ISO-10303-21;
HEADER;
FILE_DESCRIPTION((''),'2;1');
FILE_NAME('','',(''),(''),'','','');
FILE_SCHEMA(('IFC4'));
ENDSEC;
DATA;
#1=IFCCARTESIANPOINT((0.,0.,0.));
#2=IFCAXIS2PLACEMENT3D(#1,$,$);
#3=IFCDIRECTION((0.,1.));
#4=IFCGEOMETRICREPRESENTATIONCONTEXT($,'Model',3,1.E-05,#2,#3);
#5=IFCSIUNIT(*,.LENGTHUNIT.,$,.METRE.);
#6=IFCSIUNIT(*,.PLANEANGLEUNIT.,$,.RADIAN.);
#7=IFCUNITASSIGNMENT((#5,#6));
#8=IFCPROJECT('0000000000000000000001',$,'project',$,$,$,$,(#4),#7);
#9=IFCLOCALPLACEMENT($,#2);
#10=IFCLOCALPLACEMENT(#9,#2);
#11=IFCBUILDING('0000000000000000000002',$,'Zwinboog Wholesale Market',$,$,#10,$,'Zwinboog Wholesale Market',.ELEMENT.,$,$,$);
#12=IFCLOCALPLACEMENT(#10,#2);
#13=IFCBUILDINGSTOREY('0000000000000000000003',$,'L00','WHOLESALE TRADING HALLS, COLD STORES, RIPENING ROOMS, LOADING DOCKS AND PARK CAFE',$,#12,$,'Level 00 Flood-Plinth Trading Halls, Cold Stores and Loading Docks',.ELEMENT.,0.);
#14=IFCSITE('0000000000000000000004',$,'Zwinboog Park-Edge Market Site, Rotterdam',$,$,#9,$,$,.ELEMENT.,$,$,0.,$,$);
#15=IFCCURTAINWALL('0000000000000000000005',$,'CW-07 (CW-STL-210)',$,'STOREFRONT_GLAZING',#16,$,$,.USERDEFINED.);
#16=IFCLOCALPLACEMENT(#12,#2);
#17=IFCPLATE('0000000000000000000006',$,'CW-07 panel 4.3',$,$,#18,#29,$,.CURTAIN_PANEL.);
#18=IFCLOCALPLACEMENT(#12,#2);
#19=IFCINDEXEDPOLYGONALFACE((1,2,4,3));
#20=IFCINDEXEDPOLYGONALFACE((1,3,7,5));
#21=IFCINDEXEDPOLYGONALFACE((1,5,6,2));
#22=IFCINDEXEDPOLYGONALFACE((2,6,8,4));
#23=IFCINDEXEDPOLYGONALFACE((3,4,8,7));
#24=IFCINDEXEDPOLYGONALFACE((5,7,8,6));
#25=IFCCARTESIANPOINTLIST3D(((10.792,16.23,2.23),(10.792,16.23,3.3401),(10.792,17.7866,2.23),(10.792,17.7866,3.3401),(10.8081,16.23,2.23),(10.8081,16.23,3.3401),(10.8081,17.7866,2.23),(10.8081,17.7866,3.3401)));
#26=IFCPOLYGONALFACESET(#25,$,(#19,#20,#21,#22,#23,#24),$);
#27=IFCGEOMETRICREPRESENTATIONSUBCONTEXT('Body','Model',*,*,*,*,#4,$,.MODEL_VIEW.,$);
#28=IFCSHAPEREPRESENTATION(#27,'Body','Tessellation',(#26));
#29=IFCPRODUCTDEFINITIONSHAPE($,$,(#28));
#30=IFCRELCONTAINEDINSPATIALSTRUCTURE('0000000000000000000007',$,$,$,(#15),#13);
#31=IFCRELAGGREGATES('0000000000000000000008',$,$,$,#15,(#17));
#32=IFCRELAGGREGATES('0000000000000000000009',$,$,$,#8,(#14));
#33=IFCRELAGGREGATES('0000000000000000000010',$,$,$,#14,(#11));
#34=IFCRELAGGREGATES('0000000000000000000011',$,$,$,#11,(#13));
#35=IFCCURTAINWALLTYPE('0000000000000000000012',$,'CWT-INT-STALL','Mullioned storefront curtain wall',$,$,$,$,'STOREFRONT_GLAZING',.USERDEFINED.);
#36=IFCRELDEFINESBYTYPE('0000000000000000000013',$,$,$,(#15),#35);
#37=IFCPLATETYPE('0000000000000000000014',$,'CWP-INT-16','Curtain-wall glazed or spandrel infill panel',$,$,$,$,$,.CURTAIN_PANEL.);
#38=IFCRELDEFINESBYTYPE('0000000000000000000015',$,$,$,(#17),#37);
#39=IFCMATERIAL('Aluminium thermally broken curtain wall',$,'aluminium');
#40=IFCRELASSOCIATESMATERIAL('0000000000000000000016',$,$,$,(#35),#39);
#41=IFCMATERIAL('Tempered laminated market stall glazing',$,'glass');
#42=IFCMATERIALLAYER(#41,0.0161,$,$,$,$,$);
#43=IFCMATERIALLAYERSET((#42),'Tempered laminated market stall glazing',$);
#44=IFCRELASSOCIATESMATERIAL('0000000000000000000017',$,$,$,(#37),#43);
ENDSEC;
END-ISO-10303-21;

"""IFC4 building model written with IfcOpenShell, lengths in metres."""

from ifc_helpers import new_model, si_unit, direction, frame, origin, origin_2d, place, context, subcontext, project, spatial, rectangle, extrude, material, layer, layer_set, type_object, element, aggregate, save


model = new_model("IFC4")

# Units and contexts
model_context = context("Model", 3, precision=1e-05, world=origin(), true_north=direction((0.0, 1.0)))
body_context = subcontext(model_context, "Body", "Model", "MODEL_VIEW")
ifc_project = project(units=[si_unit("LENGTHUNIT", "METRE"), si_unit("PLANEANGLEUNIT", "RADIAN")], contexts=[model_context])

# Site, building, storey
site_placement = place(None, origin())
site = spatial("IfcSite", under=ifc_project, at=site_placement, Name="Zwinboog Park-Edge Market Site, Rotterdam", CompositionType="ELEMENT", RefElevation=0.0)
building_placement = place(site_placement, origin())
building = spatial("IfcBuilding", under=site, at=building_placement, Name="Zwinboog Wholesale Market", LongName="Zwinboog Wholesale Market", CompositionType="ELEMENT")
storey_placement = place(building_placement, origin())
storey = spatial("IfcBuildingStorey", under=building, at=storey_placement, Name="L00", Description="WHOLESALE TRADING HALLS, COLD STORES, RIPENING ROOMS, LOADING DOCKS AND PARK CAFE", LongName="Level 00 Flood-Plinth Trading Halls, Cold Stores and Loading Docks", CompositionType="ELEMENT", Elevation=0.0)

# Curtain wall
ifc_material_1 = material(Name="Aluminium thermally broken curtain wall", Category="aluminium")
curtain_wall_type_1 = type_object("IfcCurtainWallType", Name="CWT-INT-STALL", Description="Mullioned storefront curtain wall", ElementType="STOREFRONT_GLAZING", PredefinedType="USERDEFINED", material=ifc_material_1)
curtain_wall_1_placement = place(storey_placement, origin())
curtain_wall_1 = element("IfcCurtainWall", 1, at=curtain_wall_1_placement, inside=storey, type_object=curtain_wall_type_1, Name="CW-07 (CW-STL-210)", ObjectType="STOREFRONT_GLAZING", PredefinedType="USERDEFINED")

# Plate
ifc_material_2 = material(Name="Tempered laminated market stall glazing", Category="glass")
ifc_layer_1 = layer(ifc_material_2, 0.0161)
ifc_layer_set_1 = layer_set([ifc_layer_1], Name="Tempered laminated market stall glazing")
plate_type_1 = type_object("IfcPlateType", Name="CWP-INT-16", Description="Curtain-wall glazed or spandrel infill panel", PredefinedType="CURTAIN_PANEL", material=ifc_layer_set_1)
plate_1_placement = place(storey_placement, frame((10.8, 17.0083, 2.23), z_axis=(0.0, 0.0, 1.0), x_axis=(0.0, 1.0, 0.0)))
plate_1 = element("IfcPlate", 2, at=plate_1_placement, type_object=plate_type_1, Name="CW-07 panel 4.3", PredefinedType="CURTAIN_PANEL", context=body_context, shape_type="SweptSolid", body=[
    extrude(rectangle(XDim=1.5566, YDim=0.0161, at=origin_2d()), origin(), (0.0, 0.0, 1.0), 1.1101),
])
aggregate(curtain_wall_1, [plate_1])

save(model, "model.ifc")
